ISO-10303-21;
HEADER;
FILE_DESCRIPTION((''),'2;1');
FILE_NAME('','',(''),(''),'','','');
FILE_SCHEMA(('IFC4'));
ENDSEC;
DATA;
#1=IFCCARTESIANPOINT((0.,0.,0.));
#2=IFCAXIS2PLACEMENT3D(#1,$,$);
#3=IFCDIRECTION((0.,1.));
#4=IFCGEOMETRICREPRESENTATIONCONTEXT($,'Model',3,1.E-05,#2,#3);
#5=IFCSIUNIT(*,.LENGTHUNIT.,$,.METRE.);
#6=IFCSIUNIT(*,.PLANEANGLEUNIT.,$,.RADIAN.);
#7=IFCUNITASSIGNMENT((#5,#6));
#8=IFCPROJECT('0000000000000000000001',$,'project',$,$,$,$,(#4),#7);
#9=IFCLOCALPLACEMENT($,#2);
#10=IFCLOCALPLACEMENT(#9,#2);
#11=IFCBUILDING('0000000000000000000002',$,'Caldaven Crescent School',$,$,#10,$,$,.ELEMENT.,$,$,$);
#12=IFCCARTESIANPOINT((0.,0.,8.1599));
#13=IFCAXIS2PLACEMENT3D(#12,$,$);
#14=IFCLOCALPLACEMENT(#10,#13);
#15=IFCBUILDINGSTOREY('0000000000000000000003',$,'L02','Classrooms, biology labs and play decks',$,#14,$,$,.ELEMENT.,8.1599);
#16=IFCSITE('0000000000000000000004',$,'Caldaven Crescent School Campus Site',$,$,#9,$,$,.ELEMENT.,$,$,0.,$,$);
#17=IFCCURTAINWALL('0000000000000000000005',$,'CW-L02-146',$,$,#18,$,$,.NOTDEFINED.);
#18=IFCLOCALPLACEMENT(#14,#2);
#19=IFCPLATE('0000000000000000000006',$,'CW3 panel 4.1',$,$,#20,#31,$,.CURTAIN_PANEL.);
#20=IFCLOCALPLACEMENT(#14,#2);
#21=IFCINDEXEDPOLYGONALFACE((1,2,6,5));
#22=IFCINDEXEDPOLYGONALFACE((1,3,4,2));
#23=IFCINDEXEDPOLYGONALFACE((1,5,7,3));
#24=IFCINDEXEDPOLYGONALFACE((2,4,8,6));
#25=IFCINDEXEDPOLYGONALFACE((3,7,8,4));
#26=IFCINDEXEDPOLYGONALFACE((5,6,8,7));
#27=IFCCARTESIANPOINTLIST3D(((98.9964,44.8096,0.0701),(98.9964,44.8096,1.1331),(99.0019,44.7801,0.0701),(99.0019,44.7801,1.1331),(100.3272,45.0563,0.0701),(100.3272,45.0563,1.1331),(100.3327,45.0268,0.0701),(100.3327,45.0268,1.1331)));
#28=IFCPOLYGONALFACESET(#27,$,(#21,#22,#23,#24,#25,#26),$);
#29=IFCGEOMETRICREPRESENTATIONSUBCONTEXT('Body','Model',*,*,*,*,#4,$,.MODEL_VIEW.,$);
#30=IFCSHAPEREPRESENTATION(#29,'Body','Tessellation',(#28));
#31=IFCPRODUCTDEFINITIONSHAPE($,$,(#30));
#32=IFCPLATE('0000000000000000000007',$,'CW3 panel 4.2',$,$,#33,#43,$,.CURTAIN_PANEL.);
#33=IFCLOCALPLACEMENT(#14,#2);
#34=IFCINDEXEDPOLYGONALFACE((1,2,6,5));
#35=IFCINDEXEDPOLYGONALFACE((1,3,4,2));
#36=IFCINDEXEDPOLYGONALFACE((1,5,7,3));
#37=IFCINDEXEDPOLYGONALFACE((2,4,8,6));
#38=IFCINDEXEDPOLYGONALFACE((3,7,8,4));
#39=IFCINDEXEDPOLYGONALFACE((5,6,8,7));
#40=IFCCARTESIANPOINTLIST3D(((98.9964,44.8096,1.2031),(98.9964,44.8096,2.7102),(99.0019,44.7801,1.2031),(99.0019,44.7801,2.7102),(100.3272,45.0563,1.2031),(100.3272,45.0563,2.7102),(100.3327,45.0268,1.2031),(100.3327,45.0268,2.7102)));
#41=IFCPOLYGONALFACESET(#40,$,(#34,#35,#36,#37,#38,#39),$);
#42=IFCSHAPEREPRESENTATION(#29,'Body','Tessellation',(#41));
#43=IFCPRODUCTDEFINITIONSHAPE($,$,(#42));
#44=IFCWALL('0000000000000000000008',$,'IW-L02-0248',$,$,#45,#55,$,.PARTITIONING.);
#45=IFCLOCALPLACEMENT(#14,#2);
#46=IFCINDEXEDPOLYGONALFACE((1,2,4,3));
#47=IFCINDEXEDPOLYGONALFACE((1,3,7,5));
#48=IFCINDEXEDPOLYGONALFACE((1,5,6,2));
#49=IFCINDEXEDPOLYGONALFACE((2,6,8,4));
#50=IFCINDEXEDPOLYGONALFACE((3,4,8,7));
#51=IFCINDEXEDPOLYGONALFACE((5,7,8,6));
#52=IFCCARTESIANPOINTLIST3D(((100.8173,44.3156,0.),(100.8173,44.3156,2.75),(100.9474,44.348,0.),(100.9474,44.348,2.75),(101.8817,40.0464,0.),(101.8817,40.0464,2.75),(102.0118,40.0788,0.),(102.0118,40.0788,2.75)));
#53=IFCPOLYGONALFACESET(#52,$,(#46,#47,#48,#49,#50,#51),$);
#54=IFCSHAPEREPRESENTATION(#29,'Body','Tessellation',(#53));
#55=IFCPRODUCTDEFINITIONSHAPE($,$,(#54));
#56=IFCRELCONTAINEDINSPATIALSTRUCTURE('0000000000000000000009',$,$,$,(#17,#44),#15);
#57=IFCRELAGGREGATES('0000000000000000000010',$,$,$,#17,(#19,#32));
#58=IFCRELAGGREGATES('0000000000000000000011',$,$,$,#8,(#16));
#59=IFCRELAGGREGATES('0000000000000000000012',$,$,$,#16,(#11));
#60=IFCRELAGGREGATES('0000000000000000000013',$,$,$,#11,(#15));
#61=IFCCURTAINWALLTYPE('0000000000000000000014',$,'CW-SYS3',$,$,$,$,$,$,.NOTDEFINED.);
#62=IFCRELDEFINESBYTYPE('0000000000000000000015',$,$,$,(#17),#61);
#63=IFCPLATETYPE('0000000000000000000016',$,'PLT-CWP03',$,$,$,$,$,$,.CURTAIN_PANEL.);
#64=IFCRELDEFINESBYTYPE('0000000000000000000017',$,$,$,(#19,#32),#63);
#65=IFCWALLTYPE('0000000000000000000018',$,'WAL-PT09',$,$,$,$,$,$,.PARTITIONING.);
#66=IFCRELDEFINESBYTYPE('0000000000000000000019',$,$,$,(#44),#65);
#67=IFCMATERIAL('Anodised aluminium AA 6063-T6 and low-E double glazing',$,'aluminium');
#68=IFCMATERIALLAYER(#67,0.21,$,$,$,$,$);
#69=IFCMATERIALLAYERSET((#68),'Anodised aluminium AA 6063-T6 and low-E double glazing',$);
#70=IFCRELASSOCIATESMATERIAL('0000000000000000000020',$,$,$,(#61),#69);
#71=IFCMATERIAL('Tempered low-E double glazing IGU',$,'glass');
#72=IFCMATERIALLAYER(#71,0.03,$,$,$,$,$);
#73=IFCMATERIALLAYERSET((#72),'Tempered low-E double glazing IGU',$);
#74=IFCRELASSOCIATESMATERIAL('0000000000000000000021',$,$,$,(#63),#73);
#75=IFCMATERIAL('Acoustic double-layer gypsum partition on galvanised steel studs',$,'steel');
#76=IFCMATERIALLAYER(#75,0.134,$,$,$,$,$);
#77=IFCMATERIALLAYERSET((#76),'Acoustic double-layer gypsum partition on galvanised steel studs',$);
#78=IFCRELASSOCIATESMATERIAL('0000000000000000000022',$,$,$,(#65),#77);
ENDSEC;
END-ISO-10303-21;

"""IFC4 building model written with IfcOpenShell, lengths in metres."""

from ifc_helpers import new_model, si_unit, direction, frame, frame_2d, origin, origin_2d, place, context, subcontext, project, spatial, rectangle, extrude, material, layer, layer_set, type_object, element, aggregate, save


model = new_model("IFC4")

# Units and contexts
model_context = context("Model", 3, precision=1e-05, world=origin(), true_north=direction((0.0, 1.0)))
body_context = subcontext(model_context, "Body", "Model", "MODEL_VIEW")
ifc_project = project(units=[si_unit("LENGTHUNIT", "METRE"), si_unit("PLANEANGLEUNIT", "RADIAN")], contexts=[model_context])

# Site, building, storey
site_placement = place(None, origin())
site = spatial("IfcSite", under=ifc_project, at=site_placement, Name="Caldaven Crescent School Campus Site", CompositionType="ELEMENT", RefElevation=0.0)
building_placement = place(site_placement, origin())
building = spatial("IfcBuilding", under=site, at=building_placement, Name="Caldaven Crescent School", CompositionType="ELEMENT")
storey_placement = place(building_placement, frame((0.0, 0.0, 8.1599)))
storey = spatial("IfcBuildingStorey", under=building, at=storey_placement, Name="L02", Description="Classrooms, biology labs and play decks", CompositionType="ELEMENT", Elevation=8.1599)

# Shared definitions
ifc_material_1 = material(Name="Anodised aluminium AA 6063-T6 and low-E double glazing", Category="aluminium")

# Curtain wall
ifc_layer_1 = layer(ifc_material_1, 0.21)
ifc_layer_set_1 = layer_set([ifc_layer_1], Name="Anodised aluminium AA 6063-T6 and low-E double glazing")
curtain_wall_type_1 = type_object("IfcCurtainWallType", Name="CW-SYS3", PredefinedType="NOTDEFINED", material=ifc_layer_set_1)
curtain_wall_1_placement = place(storey_placement, origin())
curtain_wall_1 = element("IfcCurtainWall", 1, at=curtain_wall_1_placement, inside=storey, type_object=curtain_wall_type_1, Name="CW-L02-146", PredefinedType="NOTDEFINED")

# Plates
ifc_material_2 = material(Name="Tempered low-E double glazing IGU", Category="glass")
ifc_layer_2 = layer(ifc_material_2, 0.03)
ifc_layer_set_2 = layer_set([ifc_layer_2], Name="Tempered low-E double glazing IGU")
plate_type = type_object("IfcPlateType", Name="PLT-CWP03", PredefinedType="CURTAIN_PANEL", material=ifc_layer_set_2)
plate_1_placement = place(storey_placement, frame((99.6646, 44.9182, 0.0701), z_axis=(0.0, 0.0, 1.0), x_axis=(0.983255, 0.182236, 0.0)))
plate_1 = element("IfcPlate", 2, at=plate_1_placement, type_object=plate_type, Name="CW3 panel 4.1", PredefinedType="CURTAIN_PANEL", context=body_context, shape_type="SweptSolid", body=[
    extrude(rectangle(XDim=1.3535, YDim=0.03, at=origin_2d()), origin(), (0.0, 0.0, 1.0), 1.063),
])
plate_2_placement = place(storey_placement, frame((99.6646, 44.9182, 1.2031), z_axis=(0.0, 0.0, 1.0), x_axis=(0.983255, 0.182236, 0.0)))
plate_2 = element("IfcPlate", 3, at=plate_2_placement, type_object=plate_type, Name="CW3 panel 4.2", PredefinedType="CURTAIN_PANEL", context=body_context, shape_type="SweptSolid", body=[
    extrude(rectangle(XDim=1.3535, YDim=0.03, at=origin_2d()), origin(), (0.0, 0.0, 1.0), 1.5071),
])
aggregate(curtain_wall_1, [plate_1, plate_2])

# Wall
ifc_material_3 = material(Name="Acoustic double-layer gypsum partition on galvanised steel studs", Category="steel")
ifc_layer_3 = layer(ifc_material_3, 0.134)
ifc_layer_set_3 = layer_set([ifc_layer_3], Name="Acoustic double-layer gypsum partition on galvanised steel studs")
wall_type = type_object("IfcWallType", Name="WAL-PT09", PredefinedType="PARTITIONING", material=ifc_layer_set_3)
wall_placement = place(storey_placement, frame((100.8823, 44.3318, 0.0), z_axis=(0.0, 0.0, 1.0), x_axis=(0.241922, -0.970296, 0.0)))
element("IfcWall", 4, at=wall_placement, inside=storey, type_object=wall_type, Name="IW-L02-0248", PredefinedType="PARTITIONING", context=body_context, shape_type="SweptSolid", body=[
    extrude(rectangle(XDim=4.3999, YDim=0.134, at=frame_2d((2.2, 0.0))), origin(), (0.0, 0.0, 1.0), 2.75),
])

save(model, "model.ifc")
